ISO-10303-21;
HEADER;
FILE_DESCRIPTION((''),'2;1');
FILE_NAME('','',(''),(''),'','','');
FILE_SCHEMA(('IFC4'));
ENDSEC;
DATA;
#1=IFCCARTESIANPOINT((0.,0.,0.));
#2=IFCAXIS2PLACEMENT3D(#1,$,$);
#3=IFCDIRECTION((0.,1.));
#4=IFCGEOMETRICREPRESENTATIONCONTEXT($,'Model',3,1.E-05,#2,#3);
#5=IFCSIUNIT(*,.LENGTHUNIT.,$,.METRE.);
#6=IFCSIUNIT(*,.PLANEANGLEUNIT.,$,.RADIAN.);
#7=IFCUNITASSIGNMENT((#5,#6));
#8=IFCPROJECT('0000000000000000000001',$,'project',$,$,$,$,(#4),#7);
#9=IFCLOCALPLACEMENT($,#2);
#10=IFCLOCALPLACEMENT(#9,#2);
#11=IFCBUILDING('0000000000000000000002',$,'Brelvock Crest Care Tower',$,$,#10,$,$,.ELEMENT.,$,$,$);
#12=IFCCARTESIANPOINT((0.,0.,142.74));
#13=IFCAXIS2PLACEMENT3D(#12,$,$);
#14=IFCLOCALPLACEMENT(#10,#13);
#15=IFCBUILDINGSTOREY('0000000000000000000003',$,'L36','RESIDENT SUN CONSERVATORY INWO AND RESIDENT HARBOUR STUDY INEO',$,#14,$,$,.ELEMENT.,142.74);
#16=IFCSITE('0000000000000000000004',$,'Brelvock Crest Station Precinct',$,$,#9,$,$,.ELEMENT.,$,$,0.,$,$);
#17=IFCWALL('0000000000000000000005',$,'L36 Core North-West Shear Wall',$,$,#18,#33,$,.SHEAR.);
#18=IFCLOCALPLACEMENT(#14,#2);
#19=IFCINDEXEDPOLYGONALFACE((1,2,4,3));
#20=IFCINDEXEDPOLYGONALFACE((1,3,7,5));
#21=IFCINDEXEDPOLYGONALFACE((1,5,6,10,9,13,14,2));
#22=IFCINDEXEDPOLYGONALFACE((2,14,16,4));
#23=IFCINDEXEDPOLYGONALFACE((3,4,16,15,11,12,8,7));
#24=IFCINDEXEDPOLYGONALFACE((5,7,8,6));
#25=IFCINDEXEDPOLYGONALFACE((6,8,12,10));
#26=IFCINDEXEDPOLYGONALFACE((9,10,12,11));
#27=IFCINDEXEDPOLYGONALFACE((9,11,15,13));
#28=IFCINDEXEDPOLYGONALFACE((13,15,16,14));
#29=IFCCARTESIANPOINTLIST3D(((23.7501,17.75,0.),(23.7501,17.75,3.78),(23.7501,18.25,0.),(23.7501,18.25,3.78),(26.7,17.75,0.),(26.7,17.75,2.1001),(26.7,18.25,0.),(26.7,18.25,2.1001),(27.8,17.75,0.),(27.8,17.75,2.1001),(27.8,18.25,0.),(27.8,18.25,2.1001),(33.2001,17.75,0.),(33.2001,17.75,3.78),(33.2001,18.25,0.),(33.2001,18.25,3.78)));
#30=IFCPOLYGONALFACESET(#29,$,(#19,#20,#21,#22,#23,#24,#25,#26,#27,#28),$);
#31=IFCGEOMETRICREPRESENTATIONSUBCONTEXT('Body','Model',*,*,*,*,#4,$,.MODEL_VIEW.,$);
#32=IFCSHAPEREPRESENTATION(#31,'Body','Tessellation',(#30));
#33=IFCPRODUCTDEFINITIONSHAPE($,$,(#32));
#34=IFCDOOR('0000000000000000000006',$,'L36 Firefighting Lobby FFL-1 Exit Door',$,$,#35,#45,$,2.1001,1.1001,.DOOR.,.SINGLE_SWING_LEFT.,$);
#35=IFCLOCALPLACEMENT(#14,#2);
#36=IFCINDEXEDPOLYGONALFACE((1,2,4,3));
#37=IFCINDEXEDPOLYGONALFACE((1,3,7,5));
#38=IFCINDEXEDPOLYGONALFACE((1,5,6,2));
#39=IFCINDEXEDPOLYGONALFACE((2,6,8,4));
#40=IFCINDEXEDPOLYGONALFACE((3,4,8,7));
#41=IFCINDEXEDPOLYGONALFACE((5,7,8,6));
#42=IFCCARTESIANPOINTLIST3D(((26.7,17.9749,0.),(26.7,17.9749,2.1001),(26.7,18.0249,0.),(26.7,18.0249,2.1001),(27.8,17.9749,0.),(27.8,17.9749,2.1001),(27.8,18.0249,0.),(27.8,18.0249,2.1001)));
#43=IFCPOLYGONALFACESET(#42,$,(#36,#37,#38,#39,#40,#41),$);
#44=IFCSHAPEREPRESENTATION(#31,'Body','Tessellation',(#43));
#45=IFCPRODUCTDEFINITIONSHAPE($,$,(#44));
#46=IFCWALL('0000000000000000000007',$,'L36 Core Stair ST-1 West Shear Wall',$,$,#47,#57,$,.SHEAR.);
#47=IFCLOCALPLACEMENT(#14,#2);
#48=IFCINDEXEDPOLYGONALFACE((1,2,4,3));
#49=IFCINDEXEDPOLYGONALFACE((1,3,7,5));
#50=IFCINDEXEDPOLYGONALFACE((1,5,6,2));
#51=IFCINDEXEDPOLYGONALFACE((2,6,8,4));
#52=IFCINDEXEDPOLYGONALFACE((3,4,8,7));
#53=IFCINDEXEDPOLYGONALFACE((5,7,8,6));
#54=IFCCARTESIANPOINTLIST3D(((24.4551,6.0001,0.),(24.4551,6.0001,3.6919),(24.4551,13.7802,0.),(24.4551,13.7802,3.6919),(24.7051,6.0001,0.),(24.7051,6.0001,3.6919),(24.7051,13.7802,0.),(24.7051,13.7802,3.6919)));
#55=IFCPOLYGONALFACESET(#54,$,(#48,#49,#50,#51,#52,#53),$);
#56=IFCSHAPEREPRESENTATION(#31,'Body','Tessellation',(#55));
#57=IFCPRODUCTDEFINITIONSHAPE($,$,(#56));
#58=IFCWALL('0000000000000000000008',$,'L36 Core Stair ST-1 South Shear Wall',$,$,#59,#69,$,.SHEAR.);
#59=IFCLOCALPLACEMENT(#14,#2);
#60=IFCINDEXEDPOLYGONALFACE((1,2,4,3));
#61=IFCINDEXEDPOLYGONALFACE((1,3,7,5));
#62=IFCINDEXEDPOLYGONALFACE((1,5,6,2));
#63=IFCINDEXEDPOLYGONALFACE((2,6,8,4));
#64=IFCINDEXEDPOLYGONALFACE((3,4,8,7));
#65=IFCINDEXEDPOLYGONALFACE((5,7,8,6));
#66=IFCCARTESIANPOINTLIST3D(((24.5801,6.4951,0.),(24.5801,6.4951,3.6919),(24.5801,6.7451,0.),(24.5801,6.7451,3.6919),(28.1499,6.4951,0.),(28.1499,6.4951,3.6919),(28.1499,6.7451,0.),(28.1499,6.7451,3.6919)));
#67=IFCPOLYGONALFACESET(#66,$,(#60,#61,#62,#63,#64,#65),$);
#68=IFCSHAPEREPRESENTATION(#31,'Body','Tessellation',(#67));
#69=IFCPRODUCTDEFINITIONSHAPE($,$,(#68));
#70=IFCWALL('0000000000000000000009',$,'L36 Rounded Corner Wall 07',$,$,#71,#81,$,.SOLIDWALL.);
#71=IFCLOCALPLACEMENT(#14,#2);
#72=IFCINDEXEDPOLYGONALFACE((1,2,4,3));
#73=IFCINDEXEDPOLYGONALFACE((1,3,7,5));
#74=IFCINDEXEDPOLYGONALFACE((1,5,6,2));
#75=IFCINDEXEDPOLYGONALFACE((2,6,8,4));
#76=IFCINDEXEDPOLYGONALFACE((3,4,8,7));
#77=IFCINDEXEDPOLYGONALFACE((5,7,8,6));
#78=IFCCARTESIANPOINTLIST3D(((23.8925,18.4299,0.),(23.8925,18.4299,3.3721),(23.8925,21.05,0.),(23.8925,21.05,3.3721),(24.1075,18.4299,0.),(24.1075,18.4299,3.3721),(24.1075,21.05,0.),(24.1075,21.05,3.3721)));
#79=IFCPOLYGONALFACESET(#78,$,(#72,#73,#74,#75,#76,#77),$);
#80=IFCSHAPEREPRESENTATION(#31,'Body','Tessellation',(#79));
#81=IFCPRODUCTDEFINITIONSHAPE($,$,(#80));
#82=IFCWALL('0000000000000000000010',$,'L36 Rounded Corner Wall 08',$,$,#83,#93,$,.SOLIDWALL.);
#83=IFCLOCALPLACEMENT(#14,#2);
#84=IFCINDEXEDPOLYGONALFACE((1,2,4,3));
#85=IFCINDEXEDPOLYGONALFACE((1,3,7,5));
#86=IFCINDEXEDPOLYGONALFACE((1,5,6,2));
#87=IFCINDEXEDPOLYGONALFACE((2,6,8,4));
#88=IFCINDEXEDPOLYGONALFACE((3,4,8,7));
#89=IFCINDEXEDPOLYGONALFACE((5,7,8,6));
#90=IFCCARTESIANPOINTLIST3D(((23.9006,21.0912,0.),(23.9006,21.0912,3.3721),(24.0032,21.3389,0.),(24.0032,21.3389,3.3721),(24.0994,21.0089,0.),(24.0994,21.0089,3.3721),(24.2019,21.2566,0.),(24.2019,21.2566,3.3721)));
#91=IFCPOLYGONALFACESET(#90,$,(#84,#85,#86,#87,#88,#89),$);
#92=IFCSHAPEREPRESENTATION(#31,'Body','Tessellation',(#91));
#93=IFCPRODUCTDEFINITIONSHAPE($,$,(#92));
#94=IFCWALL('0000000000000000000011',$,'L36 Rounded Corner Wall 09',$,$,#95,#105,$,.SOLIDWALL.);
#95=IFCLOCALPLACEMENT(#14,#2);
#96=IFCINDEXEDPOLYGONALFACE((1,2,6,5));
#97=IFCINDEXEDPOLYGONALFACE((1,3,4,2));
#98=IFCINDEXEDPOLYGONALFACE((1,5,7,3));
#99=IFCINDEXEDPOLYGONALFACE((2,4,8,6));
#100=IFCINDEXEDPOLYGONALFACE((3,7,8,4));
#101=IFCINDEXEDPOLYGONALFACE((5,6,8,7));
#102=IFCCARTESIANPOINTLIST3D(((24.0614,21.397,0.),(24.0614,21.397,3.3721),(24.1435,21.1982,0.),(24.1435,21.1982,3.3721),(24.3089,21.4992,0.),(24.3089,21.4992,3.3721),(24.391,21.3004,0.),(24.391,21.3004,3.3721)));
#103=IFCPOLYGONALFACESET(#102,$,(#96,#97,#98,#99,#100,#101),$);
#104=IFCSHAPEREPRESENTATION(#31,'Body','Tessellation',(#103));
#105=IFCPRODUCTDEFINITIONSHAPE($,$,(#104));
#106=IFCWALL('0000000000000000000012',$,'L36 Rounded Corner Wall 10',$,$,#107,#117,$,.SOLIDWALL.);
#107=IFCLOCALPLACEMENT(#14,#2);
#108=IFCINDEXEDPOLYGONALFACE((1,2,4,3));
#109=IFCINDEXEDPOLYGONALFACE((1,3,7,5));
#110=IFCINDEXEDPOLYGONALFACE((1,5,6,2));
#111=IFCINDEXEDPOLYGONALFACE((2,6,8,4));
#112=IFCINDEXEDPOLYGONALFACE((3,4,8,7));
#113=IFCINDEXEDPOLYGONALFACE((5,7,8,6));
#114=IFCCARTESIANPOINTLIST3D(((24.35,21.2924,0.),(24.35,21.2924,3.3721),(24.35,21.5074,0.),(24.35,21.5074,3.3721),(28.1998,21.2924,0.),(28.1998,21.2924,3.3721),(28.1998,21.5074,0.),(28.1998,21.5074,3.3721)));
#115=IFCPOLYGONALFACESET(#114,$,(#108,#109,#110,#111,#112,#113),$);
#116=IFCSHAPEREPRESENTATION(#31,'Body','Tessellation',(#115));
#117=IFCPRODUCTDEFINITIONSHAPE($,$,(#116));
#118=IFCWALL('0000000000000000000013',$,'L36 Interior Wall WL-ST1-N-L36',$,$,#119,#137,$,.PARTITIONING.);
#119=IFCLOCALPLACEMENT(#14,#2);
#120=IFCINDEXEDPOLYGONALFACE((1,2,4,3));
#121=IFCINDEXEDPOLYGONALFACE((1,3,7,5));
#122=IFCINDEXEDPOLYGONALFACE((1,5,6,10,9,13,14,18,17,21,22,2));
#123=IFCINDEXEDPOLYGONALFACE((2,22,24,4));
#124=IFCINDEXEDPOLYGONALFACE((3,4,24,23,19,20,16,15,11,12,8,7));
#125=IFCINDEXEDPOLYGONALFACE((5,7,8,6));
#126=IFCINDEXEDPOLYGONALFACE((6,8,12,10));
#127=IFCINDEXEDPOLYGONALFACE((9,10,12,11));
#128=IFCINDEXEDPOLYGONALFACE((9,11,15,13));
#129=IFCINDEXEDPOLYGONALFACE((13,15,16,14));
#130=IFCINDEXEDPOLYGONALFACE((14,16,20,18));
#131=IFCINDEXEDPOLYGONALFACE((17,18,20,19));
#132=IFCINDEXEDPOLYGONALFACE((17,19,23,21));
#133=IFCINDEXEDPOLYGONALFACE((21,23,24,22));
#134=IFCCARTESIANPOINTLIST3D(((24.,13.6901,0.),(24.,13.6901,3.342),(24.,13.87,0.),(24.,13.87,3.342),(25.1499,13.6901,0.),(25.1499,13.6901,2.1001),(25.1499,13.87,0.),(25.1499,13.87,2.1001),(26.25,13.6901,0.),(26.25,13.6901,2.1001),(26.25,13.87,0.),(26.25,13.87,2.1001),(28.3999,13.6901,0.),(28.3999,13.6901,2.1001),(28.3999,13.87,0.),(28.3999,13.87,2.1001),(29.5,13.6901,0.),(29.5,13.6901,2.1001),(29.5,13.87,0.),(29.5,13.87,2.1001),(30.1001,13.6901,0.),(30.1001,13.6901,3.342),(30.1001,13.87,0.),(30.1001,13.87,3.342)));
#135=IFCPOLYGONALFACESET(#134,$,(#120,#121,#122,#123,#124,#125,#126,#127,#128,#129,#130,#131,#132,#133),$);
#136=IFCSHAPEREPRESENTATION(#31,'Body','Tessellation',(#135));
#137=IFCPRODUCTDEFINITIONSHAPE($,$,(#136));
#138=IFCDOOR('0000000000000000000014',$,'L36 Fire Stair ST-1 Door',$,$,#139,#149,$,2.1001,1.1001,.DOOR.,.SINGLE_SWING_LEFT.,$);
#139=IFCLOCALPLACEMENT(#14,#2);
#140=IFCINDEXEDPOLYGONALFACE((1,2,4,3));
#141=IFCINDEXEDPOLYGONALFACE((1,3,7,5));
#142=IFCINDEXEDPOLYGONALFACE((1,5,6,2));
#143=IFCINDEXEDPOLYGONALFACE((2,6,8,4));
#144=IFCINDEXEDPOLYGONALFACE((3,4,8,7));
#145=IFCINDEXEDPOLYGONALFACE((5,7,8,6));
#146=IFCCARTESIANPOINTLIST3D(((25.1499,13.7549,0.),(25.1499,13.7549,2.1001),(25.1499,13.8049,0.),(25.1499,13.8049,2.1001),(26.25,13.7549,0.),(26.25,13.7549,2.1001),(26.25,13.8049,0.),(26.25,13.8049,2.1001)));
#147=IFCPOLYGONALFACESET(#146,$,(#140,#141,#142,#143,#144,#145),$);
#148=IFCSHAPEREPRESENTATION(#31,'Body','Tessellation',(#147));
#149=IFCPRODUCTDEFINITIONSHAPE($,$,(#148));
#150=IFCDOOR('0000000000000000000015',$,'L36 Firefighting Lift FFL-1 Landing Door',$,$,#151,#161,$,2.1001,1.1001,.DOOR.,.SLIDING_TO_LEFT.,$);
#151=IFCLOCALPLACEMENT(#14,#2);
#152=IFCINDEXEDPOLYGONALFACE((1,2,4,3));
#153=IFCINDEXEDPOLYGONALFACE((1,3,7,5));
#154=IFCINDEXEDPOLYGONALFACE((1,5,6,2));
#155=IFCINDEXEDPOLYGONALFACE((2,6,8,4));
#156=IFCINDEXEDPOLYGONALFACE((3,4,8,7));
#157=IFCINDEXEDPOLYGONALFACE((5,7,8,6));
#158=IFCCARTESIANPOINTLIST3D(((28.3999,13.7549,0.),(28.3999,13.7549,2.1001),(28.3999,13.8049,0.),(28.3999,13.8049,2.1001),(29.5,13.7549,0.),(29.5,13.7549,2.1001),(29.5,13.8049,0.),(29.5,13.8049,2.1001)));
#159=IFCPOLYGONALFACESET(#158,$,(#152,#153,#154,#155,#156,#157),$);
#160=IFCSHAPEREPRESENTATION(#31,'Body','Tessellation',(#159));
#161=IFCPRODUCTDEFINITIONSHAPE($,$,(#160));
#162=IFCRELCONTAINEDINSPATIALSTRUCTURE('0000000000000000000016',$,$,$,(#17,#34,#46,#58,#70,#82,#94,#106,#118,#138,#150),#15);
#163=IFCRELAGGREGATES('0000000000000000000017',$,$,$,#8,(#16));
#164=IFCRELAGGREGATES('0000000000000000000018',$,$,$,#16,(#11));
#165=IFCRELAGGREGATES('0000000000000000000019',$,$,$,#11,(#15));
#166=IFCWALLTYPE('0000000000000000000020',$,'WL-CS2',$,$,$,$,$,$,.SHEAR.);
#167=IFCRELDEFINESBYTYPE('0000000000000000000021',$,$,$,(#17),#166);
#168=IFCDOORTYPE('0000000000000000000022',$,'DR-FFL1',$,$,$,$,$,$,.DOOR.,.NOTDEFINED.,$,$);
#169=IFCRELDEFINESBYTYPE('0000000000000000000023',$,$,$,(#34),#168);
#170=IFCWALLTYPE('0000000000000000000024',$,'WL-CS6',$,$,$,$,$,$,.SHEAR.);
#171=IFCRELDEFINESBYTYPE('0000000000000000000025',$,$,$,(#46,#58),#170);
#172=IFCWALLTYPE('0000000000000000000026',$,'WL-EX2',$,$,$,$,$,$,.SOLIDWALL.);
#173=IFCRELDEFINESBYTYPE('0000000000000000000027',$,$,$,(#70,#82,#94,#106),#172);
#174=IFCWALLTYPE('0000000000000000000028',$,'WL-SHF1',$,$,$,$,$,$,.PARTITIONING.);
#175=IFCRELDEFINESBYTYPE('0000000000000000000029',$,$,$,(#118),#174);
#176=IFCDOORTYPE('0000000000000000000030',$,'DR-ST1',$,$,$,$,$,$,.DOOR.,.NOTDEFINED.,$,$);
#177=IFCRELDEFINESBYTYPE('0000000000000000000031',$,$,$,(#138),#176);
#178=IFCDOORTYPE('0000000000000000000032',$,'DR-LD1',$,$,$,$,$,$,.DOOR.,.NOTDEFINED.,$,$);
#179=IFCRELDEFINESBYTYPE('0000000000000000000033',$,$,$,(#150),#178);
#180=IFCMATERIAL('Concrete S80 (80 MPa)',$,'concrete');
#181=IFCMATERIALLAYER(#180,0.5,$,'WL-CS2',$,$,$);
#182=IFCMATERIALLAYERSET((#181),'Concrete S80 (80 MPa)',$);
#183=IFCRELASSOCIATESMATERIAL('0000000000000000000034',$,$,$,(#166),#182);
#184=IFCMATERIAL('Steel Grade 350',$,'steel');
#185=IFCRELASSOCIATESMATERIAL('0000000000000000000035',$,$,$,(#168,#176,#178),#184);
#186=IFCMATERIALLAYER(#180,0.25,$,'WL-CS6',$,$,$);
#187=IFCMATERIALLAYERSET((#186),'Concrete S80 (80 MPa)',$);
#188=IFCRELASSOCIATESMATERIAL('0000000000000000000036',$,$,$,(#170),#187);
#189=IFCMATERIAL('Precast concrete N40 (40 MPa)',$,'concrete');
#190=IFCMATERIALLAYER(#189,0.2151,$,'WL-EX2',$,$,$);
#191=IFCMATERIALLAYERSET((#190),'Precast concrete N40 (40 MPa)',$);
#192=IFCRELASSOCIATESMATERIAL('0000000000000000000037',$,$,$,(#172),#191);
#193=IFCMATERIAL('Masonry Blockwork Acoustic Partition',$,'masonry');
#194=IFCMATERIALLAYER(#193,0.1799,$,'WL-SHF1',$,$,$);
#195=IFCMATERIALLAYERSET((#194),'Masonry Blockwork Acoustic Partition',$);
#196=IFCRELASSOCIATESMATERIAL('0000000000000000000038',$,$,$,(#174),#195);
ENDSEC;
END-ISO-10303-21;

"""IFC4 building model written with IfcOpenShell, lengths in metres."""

from ifc_helpers import new_model, si_unit, direction, frame, frame_2d, origin, origin_2d, place, context, subcontext, project, spatial, rectangle, extrude, source, transform, mapped, material, layer, layer_set, type_object, element, fill, save


model = new_model("IFC4")

# Units and contexts
model_context = context("Model", 3, precision=1e-05, world=origin(), true_north=direction((0.0, 1.0)))
body_context = subcontext(model_context, "Body", "Model", "MODEL_VIEW")
ifc_project = project(units=[si_unit("LENGTHUNIT", "METRE"), si_unit("PLANEANGLEUNIT", "RADIAN")], contexts=[model_context])

# Site, building, storey
site_placement = place(None, origin())
site = spatial("IfcSite", under=ifc_project, at=site_placement, Name="Brelvock Crest Station Precinct", CompositionType="ELEMENT", RefElevation=0.0)
building_placement = place(site_placement, origin())
building = spatial("IfcBuilding", under=site, at=building_placement, Name="Brelvock Crest Care Tower", CompositionType="ELEMENT")
storey_placement = place(building_placement, frame((0.0, 0.0, 142.74)))
storey = spatial("IfcBuildingStorey", under=building, at=storey_placement, Name="L36", Description="RESIDENT SUN CONSERVATORY INWO AND RESIDENT HARBOUR STUDY INEO", CompositionType="ELEMENT", Elevation=142.74)

# Shared definitions
ifc_material_1 = material(Name="Concrete S80 (80 MPa)", Category="concrete")

# Shared definitions
ifc_material_2 = material(Name="Steel Grade 350", Category="steel")

# Shared definitions
ifc_layer_1 = layer(ifc_material_1, 0.5, Name="WL-CS2")
ifc_layer_set_1 = layer_set([ifc_layer_1], Name="Concrete S80 (80 MPa)")
wall_type_1 = type_object("IfcWallType", Name="WL-CS2", PredefinedType="SHEAR", material=ifc_layer_set_1)

# Wall, opening, door
wall_1_placement = place(storey_placement, frame((23.75, 18.0, 0.0), z_axis=(0.0, 0.0, 1.0), x_axis=(1.0, 0.0, 0.0)))
wall_1 = element("IfcWall", 1, at=wall_1_placement, inside=storey, type_object=wall_type_1, Name="L36 Core North-West Shear Wall", PredefinedType="SHEAR", context=body_context, shape_type="SweptSolid", body=[
    extrude(rectangle(XDim=9.45, YDim=0.5, at=frame_2d((4.7251, 0.0))), origin(), (0.0, 0.0, 1.0), 3.78),
])
opening_1_placement = place(wall_1_placement, frame((2.95, 0.0, 0.0)))
opening_1 = element("IfcOpeningElement", 2, at=opening_1_placement, cuts=wall_1, PredefinedType="OPENING", context=body_context, shape_type="SweptSolid", body=[
    extrude(rectangle(XDim=1.1001, YDim=2.1001, at=origin_2d()), frame((0.55, 0.26, 1.05), z_axis=(0.0, -1.0, 0.0), x_axis=(1.0, 0.0, 0.0)), (0.0, 0.0, 1.0), 0.52),
])
door_type_1 = type_object("IfcDoorType", Name="DR-FFL1", OperationType="NOTDEFINED", PredefinedType="DOOR", material=ifc_material_2)
shared_shape_1 = source(origin(), body_context, "Body", "SweptSolid", [
    extrude(rectangle(XDim=1.1001, YDim=2.1001, at=origin_2d()), frame((0.55, 0.0249, 1.05), z_axis=(0.0, -1.0, 0.0), x_axis=(1.0, 0.0, 0.0)), (0.0, 0.0, 1.0), 0.05),
])
door_1_placement = place(opening_1_placement, origin())
door_1 = element("IfcDoor", 3, at=door_1_placement, inside=storey, type_object=door_type_1, Name="L36 Firefighting Lobby FFL-1 Exit Door", OperationType="SINGLE_SWING_LEFT", OverallHeight=2.1001, OverallWidth=1.1001, PredefinedType="DOOR", context=body_context, shape_type="MappedRepresentation", body=[
    mapped(shared_shape_1, transform((0.0, 0.0, 0.0), x_axis=(1.0, 0.0, 0.0), y_axis=(0.0, 1.0, 0.0), z_axis=(0.0, 0.0, 1.0), scale=1.0)),
])
fill(opening_1, door_1)

# Walls
ifc_layer_2 = layer(ifc_material_1, 0.25, Name="WL-CS6")
ifc_layer_set_2 = layer_set([ifc_layer_2], Name="Concrete S80 (80 MPa)")
wall_type_2 = type_object("IfcWallType", Name="WL-CS6", PredefinedType="SHEAR", material=ifc_layer_set_2)
wall_2_placement = place(storey_placement, frame((24.5801, 6.0, 0.0), z_axis=(0.0, 0.0, 1.0), x_axis=(0.0, 1.0, 0.0)))
element("IfcWall", 4, at=wall_2_placement, inside=storey, type_object=wall_type_2, Name="L36 Core Stair ST-1 West Shear Wall", PredefinedType="SHEAR", context=body_context, shape_type="SweptSolid", body=[
    extrude(rectangle(XDim=7.78, YDim=0.25, at=frame_2d((3.8901, 0.0))), origin(), (0.0, 0.0, 1.0), 3.6919),
])
wall_3_placement = place(storey_placement, frame((24.5801, 6.6201, 0.0), z_axis=(0.0, 0.0, 1.0), x_axis=(1.0, 0.0, 0.0)))
element("IfcWall", 5, at=wall_3_placement, inside=storey, type_object=wall_type_2, Name="L36 Core Stair ST-1 South Shear Wall", PredefinedType="SHEAR", context=body_context, shape_type="SweptSolid", body=[
    extrude(rectangle(XDim=3.5698, YDim=0.25, at=frame_2d((1.7849, 0.0))), origin(), (0.0, 0.0, 1.0), 3.6919),
])
ifc_material_3 = material(Name="Precast concrete N40 (40 MPa)", Category="concrete")
ifc_layer_3 = layer(ifc_material_3, 0.2151, Name="WL-EX2")
ifc_layer_set_3 = layer_set([ifc_layer_3], Name="Precast concrete N40 (40 MPa)")
wall_type_3 = type_object("IfcWallType", Name="WL-EX2", PredefinedType="SOLIDWALL", material=ifc_layer_set_3)
wall_4_placement = place(storey_placement, frame((24.0, 18.4299, 0.0), z_axis=(0.0, 0.0, 1.0), x_axis=(0.0, 1.0, 0.0)))
element("IfcWall", 6, at=wall_4_placement, inside=storey, type_object=wall_type_3, Name="L36 Rounded Corner Wall 07", PredefinedType="SOLIDWALL", context=body_context, shape_type="SweptSolid", body=[
    extrude(rectangle(XDim=2.6201, YDim=0.2151, at=frame_2d((1.3101, 0.0))), origin(), (0.0, 0.0, 1.0), 3.3721),
])
wall_5_placement = place(storey_placement, frame((24.0, 21.05, 0.0), z_axis=(0.0, 0.0, 1.0), x_axis=(0.382674, 0.923884, 0.0)))
element("IfcWall", 7, at=wall_5_placement, inside=storey, type_object=wall_type_3, Name="L36 Rounded Corner Wall 08", PredefinedType="SOLIDWALL", context=body_context, shape_type="SweptSolid", body=[
    extrude(rectangle(XDim=0.2681, YDim=0.2151, at=frame_2d((0.134, 0.0))), origin(), (0.0, 0.0, 1.0), 3.3721),
])
wall_6_placement = place(storey_placement, frame((24.1025, 21.2976, 0.0), z_axis=(0.0, 0.0, 1.0), x_axis=(0.924205, 0.381896, 0.0)))
element("IfcWall", 8, at=wall_6_placement, inside=storey, type_object=wall_type_3, Name="L36 Rounded Corner Wall 09", PredefinedType="SOLIDWALL", context=body_context, shape_type="SweptSolid", body=[
    extrude(rectangle(XDim=0.2678, YDim=0.2151, at=frame_2d((0.1338, 0.0))), origin(), (0.0, 0.0, 1.0), 3.3721),
])
wall_7_placement = place(storey_placement, frame((24.3501, 21.3999, 0.0), z_axis=(0.0, 0.0, 1.0), x_axis=(1.0, 0.0, 0.0)))
element("IfcWall", 9, at=wall_7_placement, inside=storey, type_object=wall_type_3, Name="L36 Rounded Corner Wall 10", PredefinedType="SOLIDWALL", context=body_context, shape_type="SweptSolid", body=[
    extrude(rectangle(XDim=3.8499, YDim=0.2151, at=frame_2d((1.9248, 0.0))), origin(), (0.0, 0.0, 1.0), 3.3721),
])

# Wall, openings, doors
ifc_material_4 = material(Name="Masonry Blockwork Acoustic Partition", Category="masonry")
ifc_layer_4 = layer(ifc_material_4, 0.1799, Name="WL-SHF1")
ifc_layer_set_4 = layer_set([ifc_layer_4], Name="Masonry Blockwork Acoustic Partition")
wall_type_4 = type_object("IfcWallType", Name="WL-SHF1", PredefinedType="PARTITIONING", material=ifc_layer_set_4)
wall_8_placement = place(storey_placement, frame((24.0, 13.78, 0.0), z_axis=(0.0, 0.0, 1.0), x_axis=(1.0, 0.0, 0.0)))
wall_8 = element("IfcWall", 10, at=wall_8_placement, inside=storey, type_object=wall_type_4, Name="L36 Interior Wall WL-ST1-N-L36", PredefinedType="PARTITIONING", context=body_context, shape_type="SweptSolid", body=[
    extrude(rectangle(XDim=6.1001, YDim=0.1799, at=frame_2d((3.05, 0.0))), origin(), (0.0, 0.0, 1.0), 3.342),
])
opening_2_placement = place(wall_8_placement, frame((1.1499, 0.0, 0.0)))
opening_2 = element("IfcOpeningElement", 11, at=opening_2_placement, cuts=wall_8, PredefinedType="OPENING", context=body_context, shape_type="SweptSolid", body=[
    extrude(rectangle(XDim=1.1001, YDim=2.1001, at=origin_2d()), frame((0.55, 0.1001, 1.05), z_axis=(0.0, -1.0, 0.0), x_axis=(1.0, 0.0, 0.0)), (0.0, 0.0, 1.0), 0.2),
])
opening_3_placement = place(wall_8_placement, frame((4.3999, 0.0, 0.0)))
opening_3 = element("IfcOpeningElement", 12, at=opening_3_placement, cuts=wall_8, PredefinedType="OPENING", context=body_context, shape_type="SweptSolid", body=[
    extrude(rectangle(XDim=1.1001, YDim=2.1001, at=origin_2d()), frame((0.55, 0.1001, 1.05), z_axis=(0.0, -1.0, 0.0), x_axis=(1.0, 0.0, 0.0)), (0.0, 0.0, 1.0), 0.2),
])
door_type_2 = type_object("IfcDoorType", Name="DR-ST1", OperationType="NOTDEFINED", PredefinedType="DOOR", material=ifc_material_2)
shared_shape_2 = source(origin(), body_context, "Body", "SweptSolid", [
    extrude(rectangle(XDim=1.1001, YDim=2.1001, at=origin_2d()), frame((0.55, 0.0249, 1.05), z_axis=(0.0, -1.0, 0.0), x_axis=(1.0, 0.0, 0.0)), (0.0, 0.0, 1.0), 0.05),
])
door_2_placement = place(opening_2_placement, origin())
door_2 = element("IfcDoor", 13, at=door_2_placement, inside=storey, type_object=door_type_2, Name="L36 Fire Stair ST-1 Door", OperationType="SINGLE_SWING_LEFT", OverallHeight=2.1001, OverallWidth=1.1001, PredefinedType="DOOR", context=body_context, shape_type="MappedRepresentation", body=[
    mapped(shared_shape_2, transform((0.0, 0.0, 0.0), x_axis=(1.0, 0.0, 0.0), y_axis=(0.0, 1.0, 0.0), z_axis=(0.0, 0.0, 1.0), scale=1.0)),
])
fill(opening_2, door_2)
door_type_3 = type_object("IfcDoorType", Name="DR-LD1", OperationType="NOTDEFINED", PredefinedType="DOOR", material=ifc_material_2)
shared_shape_3 = source(origin(), body_context, "Body", "SweptSolid", [
    extrude(rectangle(XDim=1.1001, YDim=2.1001, at=origin_2d()), frame((0.55, 0.0249, 1.05), z_axis=(0.0, -1.0, 0.0), x_axis=(1.0, 0.0, 0.0)), (0.0, 0.0, 1.0), 0.05),
])
door_3_placement = place(opening_3_placement, origin())
door_3 = element("IfcDoor", 14, at=door_3_placement, inside=storey, type_object=door_type_3, Name="L36 Firefighting Lift FFL-1 Landing Door", OperationType="SLIDING_TO_LEFT", OverallHeight=2.1001, OverallWidth=1.1001, PredefinedType="DOOR", context=body_context, shape_type="MappedRepresentation", body=[
    mapped(shared_shape_3, transform((0.0, 0.0, 0.0), x_axis=(1.0, 0.0, 0.0), y_axis=(0.0, 1.0, 0.0), z_axis=(0.0, 0.0, 1.0), scale=1.0)),
])
fill(opening_3, door_3)

save(model, "model.ifc")
